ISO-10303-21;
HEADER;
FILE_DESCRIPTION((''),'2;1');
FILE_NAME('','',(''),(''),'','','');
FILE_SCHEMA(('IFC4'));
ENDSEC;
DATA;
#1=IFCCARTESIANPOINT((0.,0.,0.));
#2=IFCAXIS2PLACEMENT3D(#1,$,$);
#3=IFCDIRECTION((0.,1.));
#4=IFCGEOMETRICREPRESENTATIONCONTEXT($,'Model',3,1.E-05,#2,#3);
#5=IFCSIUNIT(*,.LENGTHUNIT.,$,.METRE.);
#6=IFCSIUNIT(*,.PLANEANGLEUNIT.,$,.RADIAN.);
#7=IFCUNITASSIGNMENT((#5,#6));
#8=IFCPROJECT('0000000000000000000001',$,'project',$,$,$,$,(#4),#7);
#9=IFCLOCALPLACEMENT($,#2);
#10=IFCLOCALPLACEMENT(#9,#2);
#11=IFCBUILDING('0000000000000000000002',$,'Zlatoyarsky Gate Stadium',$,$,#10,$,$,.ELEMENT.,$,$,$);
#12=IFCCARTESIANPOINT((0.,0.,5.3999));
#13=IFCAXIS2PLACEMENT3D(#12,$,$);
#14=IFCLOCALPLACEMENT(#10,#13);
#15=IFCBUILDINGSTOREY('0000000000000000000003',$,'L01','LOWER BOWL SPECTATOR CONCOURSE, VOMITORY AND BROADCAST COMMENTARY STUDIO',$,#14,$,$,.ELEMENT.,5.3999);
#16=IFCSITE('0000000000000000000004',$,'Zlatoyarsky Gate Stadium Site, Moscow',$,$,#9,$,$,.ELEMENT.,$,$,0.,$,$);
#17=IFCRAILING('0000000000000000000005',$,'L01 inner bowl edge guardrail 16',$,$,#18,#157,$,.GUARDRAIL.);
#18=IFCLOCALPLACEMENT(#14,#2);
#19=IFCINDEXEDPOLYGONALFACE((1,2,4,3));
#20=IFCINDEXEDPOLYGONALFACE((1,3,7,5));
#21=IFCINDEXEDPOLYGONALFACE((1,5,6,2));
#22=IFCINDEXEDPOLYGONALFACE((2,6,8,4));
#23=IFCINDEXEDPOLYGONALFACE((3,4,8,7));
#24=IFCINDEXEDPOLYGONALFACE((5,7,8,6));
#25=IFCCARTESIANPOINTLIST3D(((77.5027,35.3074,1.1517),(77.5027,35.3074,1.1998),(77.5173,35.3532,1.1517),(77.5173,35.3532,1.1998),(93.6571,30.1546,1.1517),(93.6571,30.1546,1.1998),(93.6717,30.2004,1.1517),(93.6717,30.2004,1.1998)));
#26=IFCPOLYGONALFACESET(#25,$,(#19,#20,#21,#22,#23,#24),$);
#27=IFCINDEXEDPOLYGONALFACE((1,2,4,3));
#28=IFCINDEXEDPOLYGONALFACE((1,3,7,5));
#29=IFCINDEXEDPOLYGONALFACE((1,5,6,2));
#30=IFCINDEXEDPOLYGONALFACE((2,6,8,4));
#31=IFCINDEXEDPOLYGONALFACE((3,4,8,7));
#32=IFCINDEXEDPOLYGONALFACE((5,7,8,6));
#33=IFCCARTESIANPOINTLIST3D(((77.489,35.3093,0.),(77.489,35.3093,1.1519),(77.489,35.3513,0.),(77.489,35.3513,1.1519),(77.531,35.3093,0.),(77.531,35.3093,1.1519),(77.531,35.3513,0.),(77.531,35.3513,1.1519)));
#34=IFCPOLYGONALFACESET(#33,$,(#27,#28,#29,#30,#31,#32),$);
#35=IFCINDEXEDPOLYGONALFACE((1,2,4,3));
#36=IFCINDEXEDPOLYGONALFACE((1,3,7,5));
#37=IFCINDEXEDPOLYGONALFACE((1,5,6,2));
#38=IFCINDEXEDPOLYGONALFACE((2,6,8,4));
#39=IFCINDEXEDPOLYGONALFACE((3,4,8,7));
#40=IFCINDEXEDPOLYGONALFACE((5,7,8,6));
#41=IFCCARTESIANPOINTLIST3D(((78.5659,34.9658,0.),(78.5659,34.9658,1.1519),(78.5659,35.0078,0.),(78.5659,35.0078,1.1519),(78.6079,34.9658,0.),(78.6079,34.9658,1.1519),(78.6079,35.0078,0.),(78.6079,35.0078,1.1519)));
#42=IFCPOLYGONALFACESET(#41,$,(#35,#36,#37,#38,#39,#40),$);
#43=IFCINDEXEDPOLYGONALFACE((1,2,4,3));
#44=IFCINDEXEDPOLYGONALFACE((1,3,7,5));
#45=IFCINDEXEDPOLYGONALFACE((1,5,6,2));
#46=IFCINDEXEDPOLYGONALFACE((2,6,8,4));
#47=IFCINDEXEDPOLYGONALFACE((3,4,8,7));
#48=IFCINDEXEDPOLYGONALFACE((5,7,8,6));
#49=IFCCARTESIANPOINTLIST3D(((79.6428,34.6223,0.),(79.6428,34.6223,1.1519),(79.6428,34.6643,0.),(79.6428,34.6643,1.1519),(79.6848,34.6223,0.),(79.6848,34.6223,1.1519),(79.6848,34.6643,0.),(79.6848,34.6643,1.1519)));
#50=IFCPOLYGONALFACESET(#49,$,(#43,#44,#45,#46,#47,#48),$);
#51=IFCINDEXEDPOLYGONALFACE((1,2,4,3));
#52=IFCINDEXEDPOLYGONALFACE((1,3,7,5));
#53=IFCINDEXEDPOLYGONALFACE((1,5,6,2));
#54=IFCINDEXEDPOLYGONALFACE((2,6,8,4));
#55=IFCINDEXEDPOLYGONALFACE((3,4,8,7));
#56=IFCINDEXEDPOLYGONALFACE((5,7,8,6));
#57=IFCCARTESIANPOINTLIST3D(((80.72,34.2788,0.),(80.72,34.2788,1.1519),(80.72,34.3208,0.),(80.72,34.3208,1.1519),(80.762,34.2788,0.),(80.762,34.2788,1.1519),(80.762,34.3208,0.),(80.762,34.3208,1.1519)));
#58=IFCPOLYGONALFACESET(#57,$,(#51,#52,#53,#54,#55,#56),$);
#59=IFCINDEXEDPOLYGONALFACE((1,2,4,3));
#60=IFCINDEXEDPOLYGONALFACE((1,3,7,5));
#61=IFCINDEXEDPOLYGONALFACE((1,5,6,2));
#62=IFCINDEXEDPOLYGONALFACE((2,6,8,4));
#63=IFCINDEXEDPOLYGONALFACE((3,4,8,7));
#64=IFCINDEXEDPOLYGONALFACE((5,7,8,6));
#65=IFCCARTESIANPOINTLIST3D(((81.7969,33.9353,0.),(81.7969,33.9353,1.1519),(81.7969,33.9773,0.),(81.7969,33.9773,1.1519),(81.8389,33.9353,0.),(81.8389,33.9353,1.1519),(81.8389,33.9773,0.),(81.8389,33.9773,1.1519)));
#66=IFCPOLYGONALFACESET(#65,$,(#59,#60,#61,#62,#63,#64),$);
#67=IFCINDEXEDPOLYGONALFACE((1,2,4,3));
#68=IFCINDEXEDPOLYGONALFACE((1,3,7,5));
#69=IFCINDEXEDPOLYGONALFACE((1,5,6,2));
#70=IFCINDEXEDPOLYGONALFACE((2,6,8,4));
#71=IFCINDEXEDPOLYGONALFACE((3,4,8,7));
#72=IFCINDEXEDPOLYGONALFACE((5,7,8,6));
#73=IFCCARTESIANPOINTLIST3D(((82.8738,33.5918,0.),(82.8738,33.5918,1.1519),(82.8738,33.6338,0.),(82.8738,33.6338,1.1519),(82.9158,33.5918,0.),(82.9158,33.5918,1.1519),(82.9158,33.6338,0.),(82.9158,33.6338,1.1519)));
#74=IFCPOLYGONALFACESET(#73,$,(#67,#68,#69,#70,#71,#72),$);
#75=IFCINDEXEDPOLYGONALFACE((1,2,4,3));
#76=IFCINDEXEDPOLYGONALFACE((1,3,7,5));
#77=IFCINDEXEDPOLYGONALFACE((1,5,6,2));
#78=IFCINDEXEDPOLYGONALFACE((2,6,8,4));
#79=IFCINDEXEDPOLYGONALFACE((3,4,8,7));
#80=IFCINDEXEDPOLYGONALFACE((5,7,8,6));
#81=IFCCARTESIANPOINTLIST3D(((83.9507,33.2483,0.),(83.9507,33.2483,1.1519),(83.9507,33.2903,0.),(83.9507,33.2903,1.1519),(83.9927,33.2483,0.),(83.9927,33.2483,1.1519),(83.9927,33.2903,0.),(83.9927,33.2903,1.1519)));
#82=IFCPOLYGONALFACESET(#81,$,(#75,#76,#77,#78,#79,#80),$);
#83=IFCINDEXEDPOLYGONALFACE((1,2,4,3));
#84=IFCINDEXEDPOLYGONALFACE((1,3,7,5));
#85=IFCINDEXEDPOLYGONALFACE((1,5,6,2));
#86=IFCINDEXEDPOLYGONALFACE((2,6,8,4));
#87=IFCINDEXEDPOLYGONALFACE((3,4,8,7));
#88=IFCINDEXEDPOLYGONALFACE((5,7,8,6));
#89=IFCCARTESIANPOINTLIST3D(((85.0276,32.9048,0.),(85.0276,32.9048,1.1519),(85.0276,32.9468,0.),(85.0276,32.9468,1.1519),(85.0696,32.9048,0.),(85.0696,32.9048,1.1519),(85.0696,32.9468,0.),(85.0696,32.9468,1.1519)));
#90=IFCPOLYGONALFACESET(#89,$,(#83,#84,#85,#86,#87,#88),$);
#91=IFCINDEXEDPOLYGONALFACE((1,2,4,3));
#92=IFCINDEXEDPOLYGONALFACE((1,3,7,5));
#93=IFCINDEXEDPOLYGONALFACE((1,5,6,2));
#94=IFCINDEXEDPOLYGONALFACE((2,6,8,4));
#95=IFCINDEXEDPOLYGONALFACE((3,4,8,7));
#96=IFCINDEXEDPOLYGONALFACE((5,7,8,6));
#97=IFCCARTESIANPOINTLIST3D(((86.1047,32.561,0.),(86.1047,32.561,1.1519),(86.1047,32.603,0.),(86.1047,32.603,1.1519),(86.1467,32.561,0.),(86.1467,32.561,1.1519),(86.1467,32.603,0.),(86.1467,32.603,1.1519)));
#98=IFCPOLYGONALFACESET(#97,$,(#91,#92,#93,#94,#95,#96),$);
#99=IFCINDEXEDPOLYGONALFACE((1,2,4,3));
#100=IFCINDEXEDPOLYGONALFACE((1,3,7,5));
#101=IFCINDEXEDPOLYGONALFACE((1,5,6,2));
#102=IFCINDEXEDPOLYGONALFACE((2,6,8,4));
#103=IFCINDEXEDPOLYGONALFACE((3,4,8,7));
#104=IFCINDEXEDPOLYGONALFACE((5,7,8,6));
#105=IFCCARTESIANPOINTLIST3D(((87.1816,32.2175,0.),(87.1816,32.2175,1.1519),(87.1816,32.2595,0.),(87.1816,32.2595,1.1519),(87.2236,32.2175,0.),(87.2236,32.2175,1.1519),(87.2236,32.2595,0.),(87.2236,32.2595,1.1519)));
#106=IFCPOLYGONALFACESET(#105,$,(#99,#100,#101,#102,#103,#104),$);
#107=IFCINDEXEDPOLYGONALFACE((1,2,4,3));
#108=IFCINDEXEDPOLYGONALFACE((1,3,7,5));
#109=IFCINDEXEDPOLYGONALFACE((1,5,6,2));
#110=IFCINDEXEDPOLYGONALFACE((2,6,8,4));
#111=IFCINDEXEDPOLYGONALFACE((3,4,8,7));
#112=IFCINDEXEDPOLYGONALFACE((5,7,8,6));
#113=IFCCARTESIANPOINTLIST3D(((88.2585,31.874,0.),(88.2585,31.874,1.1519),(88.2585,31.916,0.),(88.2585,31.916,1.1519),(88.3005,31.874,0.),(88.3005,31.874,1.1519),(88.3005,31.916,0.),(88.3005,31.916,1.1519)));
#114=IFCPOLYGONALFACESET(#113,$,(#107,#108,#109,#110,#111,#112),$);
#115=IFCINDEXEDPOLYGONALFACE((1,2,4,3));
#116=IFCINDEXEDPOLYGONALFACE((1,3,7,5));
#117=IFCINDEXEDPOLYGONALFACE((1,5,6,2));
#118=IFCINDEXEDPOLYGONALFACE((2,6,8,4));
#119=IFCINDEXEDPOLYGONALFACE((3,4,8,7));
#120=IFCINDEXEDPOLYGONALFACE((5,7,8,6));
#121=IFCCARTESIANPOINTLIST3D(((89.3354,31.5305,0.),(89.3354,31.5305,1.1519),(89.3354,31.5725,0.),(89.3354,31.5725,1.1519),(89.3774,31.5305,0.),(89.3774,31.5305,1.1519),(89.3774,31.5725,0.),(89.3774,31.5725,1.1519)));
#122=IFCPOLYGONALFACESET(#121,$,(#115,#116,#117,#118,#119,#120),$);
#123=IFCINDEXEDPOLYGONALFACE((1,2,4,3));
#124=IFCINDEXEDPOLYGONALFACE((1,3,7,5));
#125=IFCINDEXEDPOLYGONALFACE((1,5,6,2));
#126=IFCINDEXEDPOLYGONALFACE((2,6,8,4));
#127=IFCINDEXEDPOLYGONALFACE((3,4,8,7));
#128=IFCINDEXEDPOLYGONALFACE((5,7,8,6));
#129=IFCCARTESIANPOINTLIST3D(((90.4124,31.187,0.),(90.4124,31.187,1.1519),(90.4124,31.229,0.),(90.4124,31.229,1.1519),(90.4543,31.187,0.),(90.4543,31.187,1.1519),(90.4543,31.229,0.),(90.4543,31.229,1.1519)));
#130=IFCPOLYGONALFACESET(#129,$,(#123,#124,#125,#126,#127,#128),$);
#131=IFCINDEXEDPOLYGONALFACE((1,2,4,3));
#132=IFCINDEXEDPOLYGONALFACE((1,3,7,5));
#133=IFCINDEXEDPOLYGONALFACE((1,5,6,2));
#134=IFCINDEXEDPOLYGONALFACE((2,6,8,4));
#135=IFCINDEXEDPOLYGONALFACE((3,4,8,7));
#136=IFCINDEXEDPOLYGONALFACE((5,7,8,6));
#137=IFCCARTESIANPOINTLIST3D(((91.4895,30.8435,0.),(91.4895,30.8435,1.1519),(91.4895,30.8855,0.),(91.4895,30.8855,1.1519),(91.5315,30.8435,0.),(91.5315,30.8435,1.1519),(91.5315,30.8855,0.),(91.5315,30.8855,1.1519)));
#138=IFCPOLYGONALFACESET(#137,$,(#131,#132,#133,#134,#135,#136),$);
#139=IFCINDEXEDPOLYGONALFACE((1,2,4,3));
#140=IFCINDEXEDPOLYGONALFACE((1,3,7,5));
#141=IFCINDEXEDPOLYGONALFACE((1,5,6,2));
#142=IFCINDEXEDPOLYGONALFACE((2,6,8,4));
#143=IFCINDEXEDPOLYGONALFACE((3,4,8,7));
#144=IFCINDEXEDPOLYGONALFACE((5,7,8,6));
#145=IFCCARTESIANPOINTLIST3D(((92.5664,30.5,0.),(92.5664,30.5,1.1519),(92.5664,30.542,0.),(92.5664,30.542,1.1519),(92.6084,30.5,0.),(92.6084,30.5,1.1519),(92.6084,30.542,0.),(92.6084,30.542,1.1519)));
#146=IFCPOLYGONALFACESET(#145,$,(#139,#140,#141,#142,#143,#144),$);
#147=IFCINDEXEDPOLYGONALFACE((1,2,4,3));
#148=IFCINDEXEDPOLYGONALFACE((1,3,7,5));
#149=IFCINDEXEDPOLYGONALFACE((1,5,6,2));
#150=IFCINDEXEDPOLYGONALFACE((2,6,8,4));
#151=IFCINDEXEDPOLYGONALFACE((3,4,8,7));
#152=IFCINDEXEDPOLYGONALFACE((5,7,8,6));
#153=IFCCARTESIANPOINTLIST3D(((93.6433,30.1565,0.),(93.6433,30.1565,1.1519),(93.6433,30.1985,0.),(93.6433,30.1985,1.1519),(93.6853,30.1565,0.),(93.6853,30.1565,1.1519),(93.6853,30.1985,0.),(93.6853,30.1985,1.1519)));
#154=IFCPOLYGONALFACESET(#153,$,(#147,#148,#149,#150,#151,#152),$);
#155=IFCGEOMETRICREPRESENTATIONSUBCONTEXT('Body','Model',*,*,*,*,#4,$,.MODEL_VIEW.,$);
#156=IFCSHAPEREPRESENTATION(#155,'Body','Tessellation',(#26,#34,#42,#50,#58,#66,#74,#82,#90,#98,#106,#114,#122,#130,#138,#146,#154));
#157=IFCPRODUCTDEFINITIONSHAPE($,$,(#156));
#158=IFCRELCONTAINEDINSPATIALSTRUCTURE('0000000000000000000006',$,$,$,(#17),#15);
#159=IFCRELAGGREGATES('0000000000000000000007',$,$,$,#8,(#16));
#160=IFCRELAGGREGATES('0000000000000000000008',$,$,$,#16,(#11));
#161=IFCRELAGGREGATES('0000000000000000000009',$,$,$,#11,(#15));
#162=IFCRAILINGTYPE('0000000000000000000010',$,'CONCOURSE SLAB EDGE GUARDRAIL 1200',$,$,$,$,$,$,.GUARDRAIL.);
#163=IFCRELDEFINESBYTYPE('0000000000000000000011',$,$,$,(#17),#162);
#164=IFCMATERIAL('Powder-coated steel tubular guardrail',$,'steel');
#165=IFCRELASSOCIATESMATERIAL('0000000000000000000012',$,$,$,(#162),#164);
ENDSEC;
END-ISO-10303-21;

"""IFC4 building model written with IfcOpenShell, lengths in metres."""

from ifc_helpers import new_model, si_unit, direction, frame, origin, origin_2d, place, context, subcontext, project, spatial, rectangle, extrude, material, type_object, element, save


model = new_model("IFC4")

# Units and contexts
model_context = context("Model", 3, precision=1e-05, world=origin(), true_north=direction((0.0, 1.0)))
body_context = subcontext(model_context, "Body", "Model", "MODEL_VIEW")
ifc_project = project(units=[si_unit("LENGTHUNIT", "METRE"), si_unit("PLANEANGLEUNIT", "RADIAN")], contexts=[model_context])

# Site, building, storey
site_placement = place(None, origin())
site = spatial("IfcSite", under=ifc_project, at=site_placement, Name="Zlatoyarsky Gate Stadium Site, Moscow", CompositionType="ELEMENT", RefElevation=0.0)
building_placement = place(site_placement, origin())
building = spatial("IfcBuilding", under=site, at=building_placement, Name="Zlatoyarsky Gate Stadium", CompositionType="ELEMENT")
storey_placement = place(building_placement, frame((0.0, 0.0, 5.3999)))
storey = spatial("IfcBuildingStorey", under=building, at=storey_placement, Name="L01", Description="LOWER BOWL SPECTATOR CONCOURSE, VOMITORY AND BROADCAST COMMENTARY STUDIO", CompositionType="ELEMENT", Elevation=5.3999)

# Railing
ifc_material_1 = material(Name="Powder-coated steel tubular guardrail", Category="steel")
railing_type_1 = type_object("IfcRailingType", Name="CONCOURSE SLAB EDGE GUARDRAIL 1200", PredefinedType="GUARDRAIL", material=ifc_material_1)
railing_1_placement = place(storey_placement, frame((77.51, 35.3303, 0.0)))
element("IfcRailing", 1, at=railing_1_placement, inside=storey, type_object=railing_type_1, Name="L01 inner bowl edge guardrail 16", PredefinedType="GUARDRAIL", context=body_context, shape_type="SweptSolid", body=[
    extrude(rectangle(XDim=0.0481, YDim=0.0481, at=origin_2d()), frame((0.0, 0.0, 1.1758), z_axis=(0.952707, -0.303891, 0.0), x_axis=(0.303891, 0.952707, 0.0)), (0.0, 0.0, 1.0), 16.9563),
    extrude(rectangle(XDim=0.042, YDim=0.042, at=origin_2d()), origin(), (0.0, 0.0, 1.0), 1.1519),
    extrude(rectangle(XDim=0.042, YDim=0.042, at=origin_2d()), frame((1.0769, -0.3435, 0.0)), (0.0, 0.0, 1.0), 1.1519),
    extrude(rectangle(XDim=0.042, YDim=0.042, at=origin_2d()), frame((2.1538, -0.687, 0.0)), (0.0, 0.0, 1.0), 1.1519),
    extrude(rectangle(XDim=0.042, YDim=0.042, at=origin_2d()), frame((3.231, -1.0305, 0.0)), (0.0, 0.0, 1.0), 1.1519),
    extrude(rectangle(XDim=0.042, YDim=0.042, at=origin_2d()), frame((4.3079, -1.374, 0.0)), (0.0, 0.0, 1.0), 1.1519),
    extrude(rectangle(XDim=0.042, YDim=0.042, at=origin_2d()), frame((5.3848, -1.7175, 0.0)), (0.0, 0.0, 1.0), 1.1519),
    extrude(rectangle(XDim=0.042, YDim=0.042, at=origin_2d()), frame((6.4617, -2.061, 0.0)), (0.0, 0.0, 1.0), 1.1519),
    extrude(rectangle(XDim=0.042, YDim=0.042, at=origin_2d()), frame((7.5386, -2.4045, 0.0)), (0.0, 0.0, 1.0), 1.1519),
    extrude(rectangle(XDim=0.042, YDim=0.042, at=origin_2d()), frame((8.6157, -2.7483, 0.0)), (0.0, 0.0, 1.0), 1.1519),
    extrude(rectangle(XDim=0.042, YDim=0.042, at=origin_2d()), frame((9.6926, -3.0918, 0.0)), (0.0, 0.0, 1.0), 1.1519),
    extrude(rectangle(XDim=0.042, YDim=0.042, at=origin_2d()), frame((10.7695, -3.4353, 0.0)), (0.0, 0.0, 1.0), 1.1519),
    extrude(rectangle(XDim=0.042, YDim=0.042, at=origin_2d()), frame((11.8464, -3.7788, 0.0)), (0.0, 0.0, 1.0), 1.1519),
    extrude(rectangle(XDim=0.042, YDim=0.042, at=origin_2d()), frame((12.9233, -4.1223, 0.0)), (0.0, 0.0, 1.0), 1.1519),
    extrude(rectangle(XDim=0.042, YDim=0.042, at=origin_2d()), frame((14.0005, -4.4658, 0.0)), (0.0, 0.0, 1.0), 1.1519),
    extrude(rectangle(XDim=0.042, YDim=0.042, at=origin_2d()), frame((15.0774, -4.8093, 0.0)), (0.0, 0.0, 1.0), 1.1519),
    extrude(rectangle(XDim=0.042, YDim=0.042, at=origin_2d()), frame((16.1543, -5.1528, 0.0)), (0.0, 0.0, 1.0), 1.1519),
])

save(model, "model.ifc")
